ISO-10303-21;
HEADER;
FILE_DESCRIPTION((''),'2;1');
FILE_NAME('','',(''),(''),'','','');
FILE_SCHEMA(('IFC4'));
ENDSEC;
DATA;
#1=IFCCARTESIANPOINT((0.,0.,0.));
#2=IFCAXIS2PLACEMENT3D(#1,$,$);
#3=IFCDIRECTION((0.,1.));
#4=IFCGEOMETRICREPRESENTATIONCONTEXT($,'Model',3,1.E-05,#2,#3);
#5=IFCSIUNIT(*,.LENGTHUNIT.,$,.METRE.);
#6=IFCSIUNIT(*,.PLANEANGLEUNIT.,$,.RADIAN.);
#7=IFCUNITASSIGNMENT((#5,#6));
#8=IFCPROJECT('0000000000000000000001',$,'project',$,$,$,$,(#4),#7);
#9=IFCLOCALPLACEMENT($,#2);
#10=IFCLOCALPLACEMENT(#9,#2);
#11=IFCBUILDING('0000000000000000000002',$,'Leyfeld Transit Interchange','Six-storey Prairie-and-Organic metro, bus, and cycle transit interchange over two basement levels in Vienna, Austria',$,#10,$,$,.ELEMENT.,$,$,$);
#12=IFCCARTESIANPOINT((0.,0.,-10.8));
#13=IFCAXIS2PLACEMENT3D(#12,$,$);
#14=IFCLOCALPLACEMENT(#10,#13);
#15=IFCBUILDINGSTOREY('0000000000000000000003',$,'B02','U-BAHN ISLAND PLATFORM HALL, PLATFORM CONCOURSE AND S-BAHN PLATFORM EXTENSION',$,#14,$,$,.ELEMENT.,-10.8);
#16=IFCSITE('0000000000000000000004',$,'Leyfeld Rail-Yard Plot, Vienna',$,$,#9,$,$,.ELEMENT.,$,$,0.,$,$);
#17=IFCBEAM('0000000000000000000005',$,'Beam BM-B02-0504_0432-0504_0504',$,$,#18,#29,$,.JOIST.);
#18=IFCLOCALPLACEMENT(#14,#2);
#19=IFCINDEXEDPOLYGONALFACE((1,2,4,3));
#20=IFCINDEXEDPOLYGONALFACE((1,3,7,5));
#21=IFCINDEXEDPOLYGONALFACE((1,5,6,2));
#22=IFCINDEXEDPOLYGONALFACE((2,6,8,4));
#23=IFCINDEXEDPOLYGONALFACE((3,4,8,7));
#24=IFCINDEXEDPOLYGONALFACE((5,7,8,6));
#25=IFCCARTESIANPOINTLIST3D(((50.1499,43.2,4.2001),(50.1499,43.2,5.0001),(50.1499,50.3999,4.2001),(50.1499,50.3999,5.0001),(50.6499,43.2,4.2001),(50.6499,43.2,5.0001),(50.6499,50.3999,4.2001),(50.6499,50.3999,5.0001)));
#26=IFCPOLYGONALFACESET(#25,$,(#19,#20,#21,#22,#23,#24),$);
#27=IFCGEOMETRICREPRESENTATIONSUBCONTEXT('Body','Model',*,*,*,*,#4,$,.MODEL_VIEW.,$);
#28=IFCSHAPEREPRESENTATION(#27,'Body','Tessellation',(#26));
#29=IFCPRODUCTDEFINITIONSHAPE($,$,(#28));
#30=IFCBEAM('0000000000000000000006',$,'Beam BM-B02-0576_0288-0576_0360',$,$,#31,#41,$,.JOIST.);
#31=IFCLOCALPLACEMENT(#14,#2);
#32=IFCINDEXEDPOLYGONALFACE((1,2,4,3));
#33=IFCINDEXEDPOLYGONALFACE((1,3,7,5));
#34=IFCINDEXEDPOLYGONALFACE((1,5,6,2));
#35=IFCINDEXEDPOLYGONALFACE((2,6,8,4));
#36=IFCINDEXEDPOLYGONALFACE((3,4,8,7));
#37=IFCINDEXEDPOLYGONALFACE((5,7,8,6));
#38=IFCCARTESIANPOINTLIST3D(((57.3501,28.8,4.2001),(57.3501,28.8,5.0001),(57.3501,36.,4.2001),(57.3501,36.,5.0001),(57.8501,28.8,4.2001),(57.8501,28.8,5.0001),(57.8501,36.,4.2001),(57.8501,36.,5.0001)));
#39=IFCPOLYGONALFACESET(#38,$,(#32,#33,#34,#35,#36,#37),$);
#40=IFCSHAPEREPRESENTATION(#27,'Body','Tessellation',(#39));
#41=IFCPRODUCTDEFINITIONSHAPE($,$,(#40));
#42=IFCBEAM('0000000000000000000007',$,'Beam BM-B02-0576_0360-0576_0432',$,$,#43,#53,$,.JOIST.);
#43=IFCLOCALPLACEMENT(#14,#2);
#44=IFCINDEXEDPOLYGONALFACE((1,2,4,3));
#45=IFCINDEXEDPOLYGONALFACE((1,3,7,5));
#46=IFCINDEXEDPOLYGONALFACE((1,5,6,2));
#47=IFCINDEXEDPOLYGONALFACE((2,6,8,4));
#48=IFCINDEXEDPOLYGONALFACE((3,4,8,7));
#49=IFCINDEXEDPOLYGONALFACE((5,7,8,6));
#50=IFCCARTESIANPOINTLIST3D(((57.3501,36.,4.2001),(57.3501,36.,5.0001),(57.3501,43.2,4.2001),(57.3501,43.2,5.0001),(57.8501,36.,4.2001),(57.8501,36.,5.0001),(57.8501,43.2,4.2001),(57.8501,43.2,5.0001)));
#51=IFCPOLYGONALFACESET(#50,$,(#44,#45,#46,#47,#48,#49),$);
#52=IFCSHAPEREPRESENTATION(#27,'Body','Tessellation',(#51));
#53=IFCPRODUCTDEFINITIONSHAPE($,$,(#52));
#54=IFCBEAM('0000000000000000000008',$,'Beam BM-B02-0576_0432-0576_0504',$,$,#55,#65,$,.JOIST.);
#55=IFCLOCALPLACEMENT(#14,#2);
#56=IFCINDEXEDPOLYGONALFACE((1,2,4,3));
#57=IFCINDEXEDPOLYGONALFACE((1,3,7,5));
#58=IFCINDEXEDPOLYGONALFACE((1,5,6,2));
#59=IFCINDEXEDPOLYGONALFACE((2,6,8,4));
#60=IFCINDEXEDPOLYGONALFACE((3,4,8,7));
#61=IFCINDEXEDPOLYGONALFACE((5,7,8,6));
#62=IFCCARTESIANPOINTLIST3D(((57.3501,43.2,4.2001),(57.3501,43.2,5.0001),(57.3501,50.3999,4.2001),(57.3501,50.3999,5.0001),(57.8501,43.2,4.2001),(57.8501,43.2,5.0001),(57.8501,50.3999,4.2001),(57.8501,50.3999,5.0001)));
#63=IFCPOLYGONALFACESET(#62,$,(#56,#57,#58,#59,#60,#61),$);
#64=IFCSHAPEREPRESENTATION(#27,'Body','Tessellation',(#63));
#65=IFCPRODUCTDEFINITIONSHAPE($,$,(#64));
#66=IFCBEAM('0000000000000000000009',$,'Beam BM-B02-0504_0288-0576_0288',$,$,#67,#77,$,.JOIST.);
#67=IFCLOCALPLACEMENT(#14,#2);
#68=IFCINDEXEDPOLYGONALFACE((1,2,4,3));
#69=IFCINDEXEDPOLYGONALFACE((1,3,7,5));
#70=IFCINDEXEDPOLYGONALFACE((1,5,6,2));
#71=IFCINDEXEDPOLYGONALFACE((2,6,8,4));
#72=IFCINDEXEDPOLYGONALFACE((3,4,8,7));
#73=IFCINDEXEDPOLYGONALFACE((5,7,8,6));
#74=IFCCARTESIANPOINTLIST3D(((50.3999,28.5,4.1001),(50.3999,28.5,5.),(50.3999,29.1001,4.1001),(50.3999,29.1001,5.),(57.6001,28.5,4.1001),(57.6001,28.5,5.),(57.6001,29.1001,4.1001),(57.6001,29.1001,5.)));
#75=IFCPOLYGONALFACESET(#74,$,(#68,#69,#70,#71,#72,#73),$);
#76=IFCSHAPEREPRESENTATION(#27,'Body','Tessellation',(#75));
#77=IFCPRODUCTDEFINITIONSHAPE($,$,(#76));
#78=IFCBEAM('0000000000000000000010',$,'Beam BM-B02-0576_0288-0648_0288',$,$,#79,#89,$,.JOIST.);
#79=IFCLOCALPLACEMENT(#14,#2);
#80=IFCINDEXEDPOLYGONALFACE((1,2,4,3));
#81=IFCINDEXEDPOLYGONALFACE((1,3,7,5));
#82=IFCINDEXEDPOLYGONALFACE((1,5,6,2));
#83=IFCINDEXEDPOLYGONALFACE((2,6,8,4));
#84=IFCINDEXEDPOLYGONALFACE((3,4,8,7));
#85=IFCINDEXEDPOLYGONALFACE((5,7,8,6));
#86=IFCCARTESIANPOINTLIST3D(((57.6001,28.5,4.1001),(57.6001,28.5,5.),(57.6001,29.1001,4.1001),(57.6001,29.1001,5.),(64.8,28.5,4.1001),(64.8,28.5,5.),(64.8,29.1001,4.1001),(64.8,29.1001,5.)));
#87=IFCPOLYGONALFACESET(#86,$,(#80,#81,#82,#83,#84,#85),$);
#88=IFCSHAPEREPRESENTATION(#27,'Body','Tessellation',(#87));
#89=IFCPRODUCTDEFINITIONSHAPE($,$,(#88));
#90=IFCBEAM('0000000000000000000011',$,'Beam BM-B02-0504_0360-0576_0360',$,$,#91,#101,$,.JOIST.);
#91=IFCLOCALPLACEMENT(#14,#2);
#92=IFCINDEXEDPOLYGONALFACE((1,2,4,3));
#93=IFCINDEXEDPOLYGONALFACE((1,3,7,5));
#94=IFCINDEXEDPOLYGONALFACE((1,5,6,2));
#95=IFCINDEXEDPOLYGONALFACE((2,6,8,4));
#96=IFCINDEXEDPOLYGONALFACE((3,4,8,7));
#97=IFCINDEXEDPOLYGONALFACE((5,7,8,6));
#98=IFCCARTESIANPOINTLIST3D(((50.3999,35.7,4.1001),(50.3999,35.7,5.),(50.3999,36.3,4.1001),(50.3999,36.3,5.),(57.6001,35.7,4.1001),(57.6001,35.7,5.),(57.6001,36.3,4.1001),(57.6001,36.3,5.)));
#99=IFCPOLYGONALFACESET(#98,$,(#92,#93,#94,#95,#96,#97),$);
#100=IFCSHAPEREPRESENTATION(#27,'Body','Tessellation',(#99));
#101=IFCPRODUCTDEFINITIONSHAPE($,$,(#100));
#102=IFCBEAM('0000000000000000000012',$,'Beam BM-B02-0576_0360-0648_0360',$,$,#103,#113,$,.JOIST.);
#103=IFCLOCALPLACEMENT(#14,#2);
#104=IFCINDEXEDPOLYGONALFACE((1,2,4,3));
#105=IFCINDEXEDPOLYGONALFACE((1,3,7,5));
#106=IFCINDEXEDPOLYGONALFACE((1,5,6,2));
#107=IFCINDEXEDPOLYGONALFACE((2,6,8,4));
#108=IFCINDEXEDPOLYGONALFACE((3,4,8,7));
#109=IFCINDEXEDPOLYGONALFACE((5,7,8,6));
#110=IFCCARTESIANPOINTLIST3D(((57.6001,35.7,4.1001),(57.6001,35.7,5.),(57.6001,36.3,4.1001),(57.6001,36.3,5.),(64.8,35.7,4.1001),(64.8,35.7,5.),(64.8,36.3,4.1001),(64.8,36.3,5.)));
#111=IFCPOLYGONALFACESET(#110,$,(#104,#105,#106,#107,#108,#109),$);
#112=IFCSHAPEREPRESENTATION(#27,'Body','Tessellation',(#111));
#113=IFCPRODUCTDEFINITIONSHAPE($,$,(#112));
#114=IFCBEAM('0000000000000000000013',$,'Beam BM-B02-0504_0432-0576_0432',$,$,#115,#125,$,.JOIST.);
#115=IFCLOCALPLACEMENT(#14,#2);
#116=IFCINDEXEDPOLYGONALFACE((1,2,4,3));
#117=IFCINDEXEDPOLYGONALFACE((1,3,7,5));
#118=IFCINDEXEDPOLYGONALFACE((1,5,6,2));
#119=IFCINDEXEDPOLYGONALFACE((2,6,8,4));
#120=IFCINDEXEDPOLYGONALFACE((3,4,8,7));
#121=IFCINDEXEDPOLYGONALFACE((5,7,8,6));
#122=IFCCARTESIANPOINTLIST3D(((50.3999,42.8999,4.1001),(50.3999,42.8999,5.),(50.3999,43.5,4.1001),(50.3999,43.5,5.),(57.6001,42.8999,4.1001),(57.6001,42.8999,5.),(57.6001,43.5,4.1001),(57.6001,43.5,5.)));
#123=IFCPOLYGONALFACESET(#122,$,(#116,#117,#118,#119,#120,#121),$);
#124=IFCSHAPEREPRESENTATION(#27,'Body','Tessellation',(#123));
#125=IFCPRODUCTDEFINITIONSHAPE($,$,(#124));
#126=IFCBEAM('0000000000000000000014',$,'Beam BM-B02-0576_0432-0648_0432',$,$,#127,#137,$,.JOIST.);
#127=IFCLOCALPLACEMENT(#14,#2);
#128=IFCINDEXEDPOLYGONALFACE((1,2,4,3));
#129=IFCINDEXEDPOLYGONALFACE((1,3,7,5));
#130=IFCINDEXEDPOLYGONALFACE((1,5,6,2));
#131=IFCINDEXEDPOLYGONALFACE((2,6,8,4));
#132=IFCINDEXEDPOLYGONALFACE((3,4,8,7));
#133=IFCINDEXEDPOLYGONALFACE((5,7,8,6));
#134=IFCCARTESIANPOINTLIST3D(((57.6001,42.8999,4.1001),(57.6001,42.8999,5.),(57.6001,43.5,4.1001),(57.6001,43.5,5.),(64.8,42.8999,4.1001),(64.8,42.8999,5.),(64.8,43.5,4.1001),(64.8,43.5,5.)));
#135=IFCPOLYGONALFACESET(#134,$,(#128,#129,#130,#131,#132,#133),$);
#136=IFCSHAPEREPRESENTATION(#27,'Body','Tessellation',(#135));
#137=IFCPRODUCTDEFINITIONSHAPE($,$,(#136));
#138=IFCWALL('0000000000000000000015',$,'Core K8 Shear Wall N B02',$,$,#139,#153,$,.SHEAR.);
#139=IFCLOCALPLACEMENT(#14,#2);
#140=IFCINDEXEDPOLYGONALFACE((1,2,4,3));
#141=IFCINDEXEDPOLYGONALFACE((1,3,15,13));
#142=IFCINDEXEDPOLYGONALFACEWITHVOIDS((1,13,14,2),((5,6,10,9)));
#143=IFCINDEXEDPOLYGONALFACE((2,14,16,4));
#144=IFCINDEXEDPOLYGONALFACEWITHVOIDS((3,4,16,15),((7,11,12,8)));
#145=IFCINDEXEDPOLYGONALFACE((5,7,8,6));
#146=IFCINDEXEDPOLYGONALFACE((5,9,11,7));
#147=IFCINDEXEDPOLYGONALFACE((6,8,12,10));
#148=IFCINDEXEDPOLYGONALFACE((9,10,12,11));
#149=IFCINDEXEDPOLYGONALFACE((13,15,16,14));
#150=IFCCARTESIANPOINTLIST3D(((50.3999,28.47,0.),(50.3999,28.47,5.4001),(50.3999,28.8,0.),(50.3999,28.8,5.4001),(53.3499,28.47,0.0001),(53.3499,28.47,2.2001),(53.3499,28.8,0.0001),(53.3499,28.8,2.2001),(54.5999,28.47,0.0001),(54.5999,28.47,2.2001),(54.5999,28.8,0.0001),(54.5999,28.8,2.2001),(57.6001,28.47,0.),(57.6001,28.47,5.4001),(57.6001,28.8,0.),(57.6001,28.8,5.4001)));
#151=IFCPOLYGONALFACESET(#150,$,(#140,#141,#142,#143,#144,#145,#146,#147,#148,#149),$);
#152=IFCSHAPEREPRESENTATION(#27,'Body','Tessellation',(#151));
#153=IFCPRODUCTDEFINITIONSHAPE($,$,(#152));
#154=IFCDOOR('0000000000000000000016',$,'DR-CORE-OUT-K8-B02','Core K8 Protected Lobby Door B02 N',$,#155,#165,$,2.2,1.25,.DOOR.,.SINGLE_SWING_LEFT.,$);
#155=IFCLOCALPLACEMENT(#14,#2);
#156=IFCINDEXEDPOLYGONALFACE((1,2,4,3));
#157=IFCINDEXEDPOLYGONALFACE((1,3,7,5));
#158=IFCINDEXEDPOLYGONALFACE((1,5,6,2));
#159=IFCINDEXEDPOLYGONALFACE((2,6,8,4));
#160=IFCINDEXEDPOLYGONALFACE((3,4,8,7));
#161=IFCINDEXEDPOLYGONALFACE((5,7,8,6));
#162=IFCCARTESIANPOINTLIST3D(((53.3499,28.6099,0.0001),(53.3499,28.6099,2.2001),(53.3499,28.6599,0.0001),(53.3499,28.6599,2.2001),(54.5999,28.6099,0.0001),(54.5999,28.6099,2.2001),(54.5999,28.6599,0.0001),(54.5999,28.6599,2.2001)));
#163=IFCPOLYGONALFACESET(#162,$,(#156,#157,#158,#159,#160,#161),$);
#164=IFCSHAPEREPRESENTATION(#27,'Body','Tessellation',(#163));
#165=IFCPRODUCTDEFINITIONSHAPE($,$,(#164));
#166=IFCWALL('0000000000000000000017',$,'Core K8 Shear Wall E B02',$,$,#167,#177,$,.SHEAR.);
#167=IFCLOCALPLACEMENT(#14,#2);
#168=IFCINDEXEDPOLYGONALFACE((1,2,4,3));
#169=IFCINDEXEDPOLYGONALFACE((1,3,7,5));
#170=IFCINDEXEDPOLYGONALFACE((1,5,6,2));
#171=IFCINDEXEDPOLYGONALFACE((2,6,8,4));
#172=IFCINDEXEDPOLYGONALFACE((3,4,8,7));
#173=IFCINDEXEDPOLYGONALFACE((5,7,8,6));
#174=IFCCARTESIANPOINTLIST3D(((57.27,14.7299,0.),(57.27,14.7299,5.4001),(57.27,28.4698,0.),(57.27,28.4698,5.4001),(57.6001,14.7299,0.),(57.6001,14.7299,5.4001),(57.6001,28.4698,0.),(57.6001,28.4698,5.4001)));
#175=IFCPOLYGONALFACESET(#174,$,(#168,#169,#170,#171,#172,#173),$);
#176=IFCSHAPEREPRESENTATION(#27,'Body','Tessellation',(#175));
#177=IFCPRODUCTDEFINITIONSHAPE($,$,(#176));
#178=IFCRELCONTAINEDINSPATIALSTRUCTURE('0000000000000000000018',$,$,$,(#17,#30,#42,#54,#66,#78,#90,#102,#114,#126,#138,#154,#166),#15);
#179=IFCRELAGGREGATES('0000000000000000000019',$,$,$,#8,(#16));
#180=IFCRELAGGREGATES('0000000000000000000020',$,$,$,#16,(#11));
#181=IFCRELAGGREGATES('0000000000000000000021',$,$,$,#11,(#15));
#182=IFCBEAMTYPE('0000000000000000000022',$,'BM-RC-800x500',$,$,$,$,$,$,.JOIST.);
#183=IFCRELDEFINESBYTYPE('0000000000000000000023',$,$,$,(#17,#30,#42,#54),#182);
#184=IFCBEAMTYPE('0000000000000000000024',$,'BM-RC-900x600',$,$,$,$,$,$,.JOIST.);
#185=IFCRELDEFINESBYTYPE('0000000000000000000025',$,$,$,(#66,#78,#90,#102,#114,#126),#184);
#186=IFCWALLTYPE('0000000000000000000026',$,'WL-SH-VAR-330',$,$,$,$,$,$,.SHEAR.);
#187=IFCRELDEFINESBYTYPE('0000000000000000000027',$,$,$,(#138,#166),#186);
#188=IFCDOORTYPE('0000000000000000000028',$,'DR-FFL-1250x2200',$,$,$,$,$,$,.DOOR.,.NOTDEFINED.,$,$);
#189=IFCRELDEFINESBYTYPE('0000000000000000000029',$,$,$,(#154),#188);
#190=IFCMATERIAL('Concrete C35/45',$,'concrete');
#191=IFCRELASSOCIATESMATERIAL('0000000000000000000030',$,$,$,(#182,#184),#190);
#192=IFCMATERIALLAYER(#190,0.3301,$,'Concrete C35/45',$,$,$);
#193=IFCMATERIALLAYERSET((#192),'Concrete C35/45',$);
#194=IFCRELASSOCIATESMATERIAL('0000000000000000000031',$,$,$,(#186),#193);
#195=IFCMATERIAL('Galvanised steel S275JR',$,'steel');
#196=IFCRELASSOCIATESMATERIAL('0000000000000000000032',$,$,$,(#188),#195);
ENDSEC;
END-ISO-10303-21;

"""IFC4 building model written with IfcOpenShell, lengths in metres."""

from ifc_helpers import new_model, si_unit, direction, frame, frame_2d, origin, origin_2d, place, context, subcontext, project, spatial, rectangle, extrude, material, layer, layer_set, material_profile, profile_set, type_object, element, fill, save


model = new_model("IFC4")

# Units and contexts
model_context = context("Model", 3, precision=1e-05, world=origin(), true_north=direction((0.0, 1.0)))
body_context = subcontext(model_context, "Body", "Model", "MODEL_VIEW")
ifc_project = project(units=[si_unit("LENGTHUNIT", "METRE"), si_unit("PLANEANGLEUNIT", "RADIAN")], contexts=[model_context])

# Site, building, storey
site_placement = place(None, origin())
site = spatial("IfcSite", under=ifc_project, at=site_placement, Name="Leyfeld Rail-Yard Plot, Vienna", CompositionType="ELEMENT", RefElevation=0.0)
building_placement = place(site_placement, origin())
building = spatial("IfcBuilding", under=site, at=building_placement, Name="Leyfeld Transit Interchange", Description="Six-storey Prairie-and-Organic metro, bus, and cycle transit interchange over two basement levels in Vienna, Austria", CompositionType="ELEMENT")
storey_placement = place(building_placement, frame((0.0, 0.0, -10.8)))
storey = spatial("IfcBuildingStorey", under=building, at=storey_placement, Name="B02", Description="U-BAHN ISLAND PLATFORM HALL, PLATFORM CONCOURSE AND S-BAHN PLATFORM EXTENSION", CompositionType="ELEMENT", Elevation=-10.8)

# Shared definitions
ifc_material_1 = material(Name="Concrete C35/45", Category="concrete")

# Beams
ifc_material_profile_1 = material_profile(ifc_material_1, rectangle(XDim=0.5, YDim=0.8, at=origin_2d()), Name="RC 800x500")
ifc_profile_set_1 = profile_set([ifc_material_profile_1], Name="Concrete C35/45")
beam_type_1 = type_object("IfcBeamType", Name="BM-RC-800x500", PredefinedType="JOIST", material=ifc_profile_set_1)
for number, where, z_axis, x_axis, name in (
    (1, (50.3999, 43.2, 4.6001), (0.0, 1.0, 0.0), (-1.0, 0.0, 0.0), "Beam BM-B02-0504_0432-0504_0504"),
    (2, (57.6001, 28.8, 4.6001), (0.0, 1.0, 0.0), (-1.0, 0.0, 0.0), "Beam BM-B02-0576_0288-0576_0360"),
    (3, (57.6001, 36.0, 4.6001), (0.0, 1.0, 0.0), (-1.0, 0.0, 0.0), "Beam BM-B02-0576_0360-0576_0432"),
    (4, (57.6001, 43.2, 4.6001), (0.0, 1.0, 0.0), (-1.0, 0.0, 0.0), "Beam BM-B02-0576_0432-0576_0504"),
):
    element("IfcBeam", number, at=place(storey_placement, frame(where, z_axis=z_axis, x_axis=x_axis)), inside=storey, type_object=beam_type_1, Name=name, PredefinedType="JOIST", context=body_context, shape_type="SweptSolid", body=[
        extrude(rectangle(XDim=0.5, YDim=0.8, at=origin_2d()), origin(), (0.0, 0.0, 1.0), 7.2),
    ])
ifc_material_profile_2 = material_profile(ifc_material_1, rectangle(XDim=0.6001, YDim=0.8999, at=origin_2d()), Name="RC 900x600")
ifc_profile_set_2 = profile_set([ifc_material_profile_2], Name="Concrete C35/45")
beam_type_2 = type_object("IfcBeamType", Name="BM-RC-900x600", PredefinedType="JOIST", material=ifc_profile_set_2)
beam_1_placement = place(storey_placement, frame((50.3999, 28.8, 4.55), z_axis=(1.0, 0.0, 0.0), x_axis=(0.0, 1.0, 0.0)))
element("IfcBeam", 5, at=beam_1_placement, inside=storey, type_object=beam_type_2, Name="Beam BM-B02-0504_0288-0576_0288", PredefinedType="JOIST", context=body_context, shape_type="SweptSolid", body=[
    extrude(rectangle(XDim=0.6001, YDim=0.8999, at=origin_2d()), origin(), (0.0, 0.0, 1.0), 7.2002),
])
beam_2_placement = place(storey_placement, frame((57.6001, 28.8, 4.55), z_axis=(1.0, 0.0, 0.0), x_axis=(0.0, 1.0, 0.0)))
element("IfcBeam", 6, at=beam_2_placement, inside=storey, type_object=beam_type_2, Name="Beam BM-B02-0576_0288-0648_0288", PredefinedType="JOIST", context=body_context, shape_type="SweptSolid", body=[
    extrude(rectangle(XDim=0.6001, YDim=0.8999, at=origin_2d()), origin(), (0.0, 0.0, 1.0), 7.2),
])
beam_3_placement = place(storey_placement, frame((50.3999, 36.0, 4.55), z_axis=(1.0, 0.0, 0.0), x_axis=(0.0, 1.0, 0.0)))
element("IfcBeam", 7, at=beam_3_placement, inside=storey, type_object=beam_type_2, Name="Beam BM-B02-0504_0360-0576_0360", PredefinedType="JOIST", context=body_context, shape_type="SweptSolid", body=[
    extrude(rectangle(XDim=0.6001, YDim=0.8999, at=origin_2d()), origin(), (0.0, 0.0, 1.0), 7.2002),
])
beam_4_placement = place(storey_placement, frame((57.6001, 36.0, 4.55), z_axis=(1.0, 0.0, 0.0), x_axis=(0.0, 1.0, 0.0)))
element("IfcBeam", 8, at=beam_4_placement, inside=storey, type_object=beam_type_2, Name="Beam BM-B02-0576_0360-0648_0360", PredefinedType="JOIST", context=body_context, shape_type="SweptSolid", body=[
    extrude(rectangle(XDim=0.6001, YDim=0.8999, at=origin_2d()), origin(), (0.0, 0.0, 1.0), 7.2),
])
beam_5_placement = place(storey_placement, frame((50.3999, 43.2, 4.55), z_axis=(1.0, 0.0, 0.0), x_axis=(0.0, 1.0, 0.0)))
element("IfcBeam", 9, at=beam_5_placement, inside=storey, type_object=beam_type_2, Name="Beam BM-B02-0504_0432-0576_0432", PredefinedType="JOIST", context=body_context, shape_type="SweptSolid", body=[
    extrude(rectangle(XDim=0.6001, YDim=0.8999, at=origin_2d()), origin(), (0.0, 0.0, 1.0), 7.2002),
])
beam_6_placement = place(storey_placement, frame((57.6001, 43.2, 4.55), z_axis=(1.0, 0.0, 0.0), x_axis=(0.0, 1.0, 0.0)))
element("IfcBeam", 10, at=beam_6_placement, inside=storey, type_object=beam_type_2, Name="Beam BM-B02-0576_0432-0648_0432", PredefinedType="JOIST", context=body_context, shape_type="SweptSolid", body=[
    extrude(rectangle(XDim=0.6001, YDim=0.8999, at=origin_2d()), origin(), (0.0, 0.0, 1.0), 7.2),
])

# Wall, opening, door
ifc_layer = layer(ifc_material_1, 0.3301, Name="Concrete C35/45")
ifc_layer_set = layer_set([ifc_layer], Name="Concrete C35/45")
wall_type = type_object("IfcWallType", Name="WL-SH-VAR-330", PredefinedType="SHEAR", material=ifc_layer_set)
wall_1_placement = place(storey_placement, frame((50.3999, 28.635, 0.0), z_axis=(0.0, 0.0, 1.0), x_axis=(1.0, 0.0, 0.0)))
wall_1 = element("IfcWall", 11, at=wall_1_placement, inside=storey, type_object=wall_type, Name="Core K8 Shear Wall N B02", PredefinedType="SHEAR", context=body_context, shape_type="SweptSolid", body=[
    extrude(rectangle(XDim=7.2002, YDim=0.3301, at=frame_2d((3.6001, 0.0))), origin(), (0.0, 0.0, 1.0), 5.4001),
])
opening_placement = place(wall_1_placement, frame((2.95, 0.0, 0.0)))
opening = element("IfcOpeningElement", 12, at=opening_placement, cuts=wall_1, PredefinedType="OPENING", context=body_context, shape_type="SweptSolid", body=[
    extrude(rectangle(XDim=1.25, YDim=2.2, at=frame_2d((0.625, 1.1001))), frame((0.0, 0.175, 0.0), z_axis=(0.0, -1.0, 0.0), x_axis=(1.0, 0.0, 0.0)), (0.0, 0.0, 1.0), 0.3501),
])
ifc_material_2 = material(Name="Galvanised steel S275JR", Category="steel")
door_type = type_object("IfcDoorType", Name="DR-FFL-1250x2200", OperationType="NOTDEFINED", PredefinedType="DOOR", material=ifc_material_2)
door_placement = place(opening_placement, origin())
door = element("IfcDoor", 13, at=door_placement, inside=storey, type_object=door_type, Name="DR-CORE-OUT-K8-B02", Description="Core K8 Protected Lobby Door B02 N", OperationType="SINGLE_SWING_LEFT", OverallHeight=2.2, OverallWidth=1.25, PredefinedType="DOOR", context=body_context, shape_type="SweptSolid", body=[
    extrude(rectangle(XDim=1.25, YDim=2.2, at=frame_2d((0.625, 1.1001))), frame((0.0, 0.0249, 0.0), z_axis=(0.0, -1.0, 0.0), x_axis=(1.0, 0.0, 0.0)), (0.0, 0.0, 1.0), 0.05),
])
fill(opening, door)

# Wall
wall_2_placement = place(storey_placement, frame((57.4351, 28.47, 0.0), z_axis=(0.0, 0.0, 1.0), x_axis=(0.0, -1.0, 0.0)))
element("IfcWall", 14, at=wall_2_placement, inside=storey, type_object=wall_type, Name="Core K8 Shear Wall E B02", PredefinedType="SHEAR", context=body_context, shape_type="SweptSolid", body=[
    extrude(rectangle(XDim=13.74, YDim=0.3301, at=frame_2d((6.8701, 0.0))), origin(), (0.0, 0.0, 1.0), 5.4001),
])

save(model, "model.ifc")
